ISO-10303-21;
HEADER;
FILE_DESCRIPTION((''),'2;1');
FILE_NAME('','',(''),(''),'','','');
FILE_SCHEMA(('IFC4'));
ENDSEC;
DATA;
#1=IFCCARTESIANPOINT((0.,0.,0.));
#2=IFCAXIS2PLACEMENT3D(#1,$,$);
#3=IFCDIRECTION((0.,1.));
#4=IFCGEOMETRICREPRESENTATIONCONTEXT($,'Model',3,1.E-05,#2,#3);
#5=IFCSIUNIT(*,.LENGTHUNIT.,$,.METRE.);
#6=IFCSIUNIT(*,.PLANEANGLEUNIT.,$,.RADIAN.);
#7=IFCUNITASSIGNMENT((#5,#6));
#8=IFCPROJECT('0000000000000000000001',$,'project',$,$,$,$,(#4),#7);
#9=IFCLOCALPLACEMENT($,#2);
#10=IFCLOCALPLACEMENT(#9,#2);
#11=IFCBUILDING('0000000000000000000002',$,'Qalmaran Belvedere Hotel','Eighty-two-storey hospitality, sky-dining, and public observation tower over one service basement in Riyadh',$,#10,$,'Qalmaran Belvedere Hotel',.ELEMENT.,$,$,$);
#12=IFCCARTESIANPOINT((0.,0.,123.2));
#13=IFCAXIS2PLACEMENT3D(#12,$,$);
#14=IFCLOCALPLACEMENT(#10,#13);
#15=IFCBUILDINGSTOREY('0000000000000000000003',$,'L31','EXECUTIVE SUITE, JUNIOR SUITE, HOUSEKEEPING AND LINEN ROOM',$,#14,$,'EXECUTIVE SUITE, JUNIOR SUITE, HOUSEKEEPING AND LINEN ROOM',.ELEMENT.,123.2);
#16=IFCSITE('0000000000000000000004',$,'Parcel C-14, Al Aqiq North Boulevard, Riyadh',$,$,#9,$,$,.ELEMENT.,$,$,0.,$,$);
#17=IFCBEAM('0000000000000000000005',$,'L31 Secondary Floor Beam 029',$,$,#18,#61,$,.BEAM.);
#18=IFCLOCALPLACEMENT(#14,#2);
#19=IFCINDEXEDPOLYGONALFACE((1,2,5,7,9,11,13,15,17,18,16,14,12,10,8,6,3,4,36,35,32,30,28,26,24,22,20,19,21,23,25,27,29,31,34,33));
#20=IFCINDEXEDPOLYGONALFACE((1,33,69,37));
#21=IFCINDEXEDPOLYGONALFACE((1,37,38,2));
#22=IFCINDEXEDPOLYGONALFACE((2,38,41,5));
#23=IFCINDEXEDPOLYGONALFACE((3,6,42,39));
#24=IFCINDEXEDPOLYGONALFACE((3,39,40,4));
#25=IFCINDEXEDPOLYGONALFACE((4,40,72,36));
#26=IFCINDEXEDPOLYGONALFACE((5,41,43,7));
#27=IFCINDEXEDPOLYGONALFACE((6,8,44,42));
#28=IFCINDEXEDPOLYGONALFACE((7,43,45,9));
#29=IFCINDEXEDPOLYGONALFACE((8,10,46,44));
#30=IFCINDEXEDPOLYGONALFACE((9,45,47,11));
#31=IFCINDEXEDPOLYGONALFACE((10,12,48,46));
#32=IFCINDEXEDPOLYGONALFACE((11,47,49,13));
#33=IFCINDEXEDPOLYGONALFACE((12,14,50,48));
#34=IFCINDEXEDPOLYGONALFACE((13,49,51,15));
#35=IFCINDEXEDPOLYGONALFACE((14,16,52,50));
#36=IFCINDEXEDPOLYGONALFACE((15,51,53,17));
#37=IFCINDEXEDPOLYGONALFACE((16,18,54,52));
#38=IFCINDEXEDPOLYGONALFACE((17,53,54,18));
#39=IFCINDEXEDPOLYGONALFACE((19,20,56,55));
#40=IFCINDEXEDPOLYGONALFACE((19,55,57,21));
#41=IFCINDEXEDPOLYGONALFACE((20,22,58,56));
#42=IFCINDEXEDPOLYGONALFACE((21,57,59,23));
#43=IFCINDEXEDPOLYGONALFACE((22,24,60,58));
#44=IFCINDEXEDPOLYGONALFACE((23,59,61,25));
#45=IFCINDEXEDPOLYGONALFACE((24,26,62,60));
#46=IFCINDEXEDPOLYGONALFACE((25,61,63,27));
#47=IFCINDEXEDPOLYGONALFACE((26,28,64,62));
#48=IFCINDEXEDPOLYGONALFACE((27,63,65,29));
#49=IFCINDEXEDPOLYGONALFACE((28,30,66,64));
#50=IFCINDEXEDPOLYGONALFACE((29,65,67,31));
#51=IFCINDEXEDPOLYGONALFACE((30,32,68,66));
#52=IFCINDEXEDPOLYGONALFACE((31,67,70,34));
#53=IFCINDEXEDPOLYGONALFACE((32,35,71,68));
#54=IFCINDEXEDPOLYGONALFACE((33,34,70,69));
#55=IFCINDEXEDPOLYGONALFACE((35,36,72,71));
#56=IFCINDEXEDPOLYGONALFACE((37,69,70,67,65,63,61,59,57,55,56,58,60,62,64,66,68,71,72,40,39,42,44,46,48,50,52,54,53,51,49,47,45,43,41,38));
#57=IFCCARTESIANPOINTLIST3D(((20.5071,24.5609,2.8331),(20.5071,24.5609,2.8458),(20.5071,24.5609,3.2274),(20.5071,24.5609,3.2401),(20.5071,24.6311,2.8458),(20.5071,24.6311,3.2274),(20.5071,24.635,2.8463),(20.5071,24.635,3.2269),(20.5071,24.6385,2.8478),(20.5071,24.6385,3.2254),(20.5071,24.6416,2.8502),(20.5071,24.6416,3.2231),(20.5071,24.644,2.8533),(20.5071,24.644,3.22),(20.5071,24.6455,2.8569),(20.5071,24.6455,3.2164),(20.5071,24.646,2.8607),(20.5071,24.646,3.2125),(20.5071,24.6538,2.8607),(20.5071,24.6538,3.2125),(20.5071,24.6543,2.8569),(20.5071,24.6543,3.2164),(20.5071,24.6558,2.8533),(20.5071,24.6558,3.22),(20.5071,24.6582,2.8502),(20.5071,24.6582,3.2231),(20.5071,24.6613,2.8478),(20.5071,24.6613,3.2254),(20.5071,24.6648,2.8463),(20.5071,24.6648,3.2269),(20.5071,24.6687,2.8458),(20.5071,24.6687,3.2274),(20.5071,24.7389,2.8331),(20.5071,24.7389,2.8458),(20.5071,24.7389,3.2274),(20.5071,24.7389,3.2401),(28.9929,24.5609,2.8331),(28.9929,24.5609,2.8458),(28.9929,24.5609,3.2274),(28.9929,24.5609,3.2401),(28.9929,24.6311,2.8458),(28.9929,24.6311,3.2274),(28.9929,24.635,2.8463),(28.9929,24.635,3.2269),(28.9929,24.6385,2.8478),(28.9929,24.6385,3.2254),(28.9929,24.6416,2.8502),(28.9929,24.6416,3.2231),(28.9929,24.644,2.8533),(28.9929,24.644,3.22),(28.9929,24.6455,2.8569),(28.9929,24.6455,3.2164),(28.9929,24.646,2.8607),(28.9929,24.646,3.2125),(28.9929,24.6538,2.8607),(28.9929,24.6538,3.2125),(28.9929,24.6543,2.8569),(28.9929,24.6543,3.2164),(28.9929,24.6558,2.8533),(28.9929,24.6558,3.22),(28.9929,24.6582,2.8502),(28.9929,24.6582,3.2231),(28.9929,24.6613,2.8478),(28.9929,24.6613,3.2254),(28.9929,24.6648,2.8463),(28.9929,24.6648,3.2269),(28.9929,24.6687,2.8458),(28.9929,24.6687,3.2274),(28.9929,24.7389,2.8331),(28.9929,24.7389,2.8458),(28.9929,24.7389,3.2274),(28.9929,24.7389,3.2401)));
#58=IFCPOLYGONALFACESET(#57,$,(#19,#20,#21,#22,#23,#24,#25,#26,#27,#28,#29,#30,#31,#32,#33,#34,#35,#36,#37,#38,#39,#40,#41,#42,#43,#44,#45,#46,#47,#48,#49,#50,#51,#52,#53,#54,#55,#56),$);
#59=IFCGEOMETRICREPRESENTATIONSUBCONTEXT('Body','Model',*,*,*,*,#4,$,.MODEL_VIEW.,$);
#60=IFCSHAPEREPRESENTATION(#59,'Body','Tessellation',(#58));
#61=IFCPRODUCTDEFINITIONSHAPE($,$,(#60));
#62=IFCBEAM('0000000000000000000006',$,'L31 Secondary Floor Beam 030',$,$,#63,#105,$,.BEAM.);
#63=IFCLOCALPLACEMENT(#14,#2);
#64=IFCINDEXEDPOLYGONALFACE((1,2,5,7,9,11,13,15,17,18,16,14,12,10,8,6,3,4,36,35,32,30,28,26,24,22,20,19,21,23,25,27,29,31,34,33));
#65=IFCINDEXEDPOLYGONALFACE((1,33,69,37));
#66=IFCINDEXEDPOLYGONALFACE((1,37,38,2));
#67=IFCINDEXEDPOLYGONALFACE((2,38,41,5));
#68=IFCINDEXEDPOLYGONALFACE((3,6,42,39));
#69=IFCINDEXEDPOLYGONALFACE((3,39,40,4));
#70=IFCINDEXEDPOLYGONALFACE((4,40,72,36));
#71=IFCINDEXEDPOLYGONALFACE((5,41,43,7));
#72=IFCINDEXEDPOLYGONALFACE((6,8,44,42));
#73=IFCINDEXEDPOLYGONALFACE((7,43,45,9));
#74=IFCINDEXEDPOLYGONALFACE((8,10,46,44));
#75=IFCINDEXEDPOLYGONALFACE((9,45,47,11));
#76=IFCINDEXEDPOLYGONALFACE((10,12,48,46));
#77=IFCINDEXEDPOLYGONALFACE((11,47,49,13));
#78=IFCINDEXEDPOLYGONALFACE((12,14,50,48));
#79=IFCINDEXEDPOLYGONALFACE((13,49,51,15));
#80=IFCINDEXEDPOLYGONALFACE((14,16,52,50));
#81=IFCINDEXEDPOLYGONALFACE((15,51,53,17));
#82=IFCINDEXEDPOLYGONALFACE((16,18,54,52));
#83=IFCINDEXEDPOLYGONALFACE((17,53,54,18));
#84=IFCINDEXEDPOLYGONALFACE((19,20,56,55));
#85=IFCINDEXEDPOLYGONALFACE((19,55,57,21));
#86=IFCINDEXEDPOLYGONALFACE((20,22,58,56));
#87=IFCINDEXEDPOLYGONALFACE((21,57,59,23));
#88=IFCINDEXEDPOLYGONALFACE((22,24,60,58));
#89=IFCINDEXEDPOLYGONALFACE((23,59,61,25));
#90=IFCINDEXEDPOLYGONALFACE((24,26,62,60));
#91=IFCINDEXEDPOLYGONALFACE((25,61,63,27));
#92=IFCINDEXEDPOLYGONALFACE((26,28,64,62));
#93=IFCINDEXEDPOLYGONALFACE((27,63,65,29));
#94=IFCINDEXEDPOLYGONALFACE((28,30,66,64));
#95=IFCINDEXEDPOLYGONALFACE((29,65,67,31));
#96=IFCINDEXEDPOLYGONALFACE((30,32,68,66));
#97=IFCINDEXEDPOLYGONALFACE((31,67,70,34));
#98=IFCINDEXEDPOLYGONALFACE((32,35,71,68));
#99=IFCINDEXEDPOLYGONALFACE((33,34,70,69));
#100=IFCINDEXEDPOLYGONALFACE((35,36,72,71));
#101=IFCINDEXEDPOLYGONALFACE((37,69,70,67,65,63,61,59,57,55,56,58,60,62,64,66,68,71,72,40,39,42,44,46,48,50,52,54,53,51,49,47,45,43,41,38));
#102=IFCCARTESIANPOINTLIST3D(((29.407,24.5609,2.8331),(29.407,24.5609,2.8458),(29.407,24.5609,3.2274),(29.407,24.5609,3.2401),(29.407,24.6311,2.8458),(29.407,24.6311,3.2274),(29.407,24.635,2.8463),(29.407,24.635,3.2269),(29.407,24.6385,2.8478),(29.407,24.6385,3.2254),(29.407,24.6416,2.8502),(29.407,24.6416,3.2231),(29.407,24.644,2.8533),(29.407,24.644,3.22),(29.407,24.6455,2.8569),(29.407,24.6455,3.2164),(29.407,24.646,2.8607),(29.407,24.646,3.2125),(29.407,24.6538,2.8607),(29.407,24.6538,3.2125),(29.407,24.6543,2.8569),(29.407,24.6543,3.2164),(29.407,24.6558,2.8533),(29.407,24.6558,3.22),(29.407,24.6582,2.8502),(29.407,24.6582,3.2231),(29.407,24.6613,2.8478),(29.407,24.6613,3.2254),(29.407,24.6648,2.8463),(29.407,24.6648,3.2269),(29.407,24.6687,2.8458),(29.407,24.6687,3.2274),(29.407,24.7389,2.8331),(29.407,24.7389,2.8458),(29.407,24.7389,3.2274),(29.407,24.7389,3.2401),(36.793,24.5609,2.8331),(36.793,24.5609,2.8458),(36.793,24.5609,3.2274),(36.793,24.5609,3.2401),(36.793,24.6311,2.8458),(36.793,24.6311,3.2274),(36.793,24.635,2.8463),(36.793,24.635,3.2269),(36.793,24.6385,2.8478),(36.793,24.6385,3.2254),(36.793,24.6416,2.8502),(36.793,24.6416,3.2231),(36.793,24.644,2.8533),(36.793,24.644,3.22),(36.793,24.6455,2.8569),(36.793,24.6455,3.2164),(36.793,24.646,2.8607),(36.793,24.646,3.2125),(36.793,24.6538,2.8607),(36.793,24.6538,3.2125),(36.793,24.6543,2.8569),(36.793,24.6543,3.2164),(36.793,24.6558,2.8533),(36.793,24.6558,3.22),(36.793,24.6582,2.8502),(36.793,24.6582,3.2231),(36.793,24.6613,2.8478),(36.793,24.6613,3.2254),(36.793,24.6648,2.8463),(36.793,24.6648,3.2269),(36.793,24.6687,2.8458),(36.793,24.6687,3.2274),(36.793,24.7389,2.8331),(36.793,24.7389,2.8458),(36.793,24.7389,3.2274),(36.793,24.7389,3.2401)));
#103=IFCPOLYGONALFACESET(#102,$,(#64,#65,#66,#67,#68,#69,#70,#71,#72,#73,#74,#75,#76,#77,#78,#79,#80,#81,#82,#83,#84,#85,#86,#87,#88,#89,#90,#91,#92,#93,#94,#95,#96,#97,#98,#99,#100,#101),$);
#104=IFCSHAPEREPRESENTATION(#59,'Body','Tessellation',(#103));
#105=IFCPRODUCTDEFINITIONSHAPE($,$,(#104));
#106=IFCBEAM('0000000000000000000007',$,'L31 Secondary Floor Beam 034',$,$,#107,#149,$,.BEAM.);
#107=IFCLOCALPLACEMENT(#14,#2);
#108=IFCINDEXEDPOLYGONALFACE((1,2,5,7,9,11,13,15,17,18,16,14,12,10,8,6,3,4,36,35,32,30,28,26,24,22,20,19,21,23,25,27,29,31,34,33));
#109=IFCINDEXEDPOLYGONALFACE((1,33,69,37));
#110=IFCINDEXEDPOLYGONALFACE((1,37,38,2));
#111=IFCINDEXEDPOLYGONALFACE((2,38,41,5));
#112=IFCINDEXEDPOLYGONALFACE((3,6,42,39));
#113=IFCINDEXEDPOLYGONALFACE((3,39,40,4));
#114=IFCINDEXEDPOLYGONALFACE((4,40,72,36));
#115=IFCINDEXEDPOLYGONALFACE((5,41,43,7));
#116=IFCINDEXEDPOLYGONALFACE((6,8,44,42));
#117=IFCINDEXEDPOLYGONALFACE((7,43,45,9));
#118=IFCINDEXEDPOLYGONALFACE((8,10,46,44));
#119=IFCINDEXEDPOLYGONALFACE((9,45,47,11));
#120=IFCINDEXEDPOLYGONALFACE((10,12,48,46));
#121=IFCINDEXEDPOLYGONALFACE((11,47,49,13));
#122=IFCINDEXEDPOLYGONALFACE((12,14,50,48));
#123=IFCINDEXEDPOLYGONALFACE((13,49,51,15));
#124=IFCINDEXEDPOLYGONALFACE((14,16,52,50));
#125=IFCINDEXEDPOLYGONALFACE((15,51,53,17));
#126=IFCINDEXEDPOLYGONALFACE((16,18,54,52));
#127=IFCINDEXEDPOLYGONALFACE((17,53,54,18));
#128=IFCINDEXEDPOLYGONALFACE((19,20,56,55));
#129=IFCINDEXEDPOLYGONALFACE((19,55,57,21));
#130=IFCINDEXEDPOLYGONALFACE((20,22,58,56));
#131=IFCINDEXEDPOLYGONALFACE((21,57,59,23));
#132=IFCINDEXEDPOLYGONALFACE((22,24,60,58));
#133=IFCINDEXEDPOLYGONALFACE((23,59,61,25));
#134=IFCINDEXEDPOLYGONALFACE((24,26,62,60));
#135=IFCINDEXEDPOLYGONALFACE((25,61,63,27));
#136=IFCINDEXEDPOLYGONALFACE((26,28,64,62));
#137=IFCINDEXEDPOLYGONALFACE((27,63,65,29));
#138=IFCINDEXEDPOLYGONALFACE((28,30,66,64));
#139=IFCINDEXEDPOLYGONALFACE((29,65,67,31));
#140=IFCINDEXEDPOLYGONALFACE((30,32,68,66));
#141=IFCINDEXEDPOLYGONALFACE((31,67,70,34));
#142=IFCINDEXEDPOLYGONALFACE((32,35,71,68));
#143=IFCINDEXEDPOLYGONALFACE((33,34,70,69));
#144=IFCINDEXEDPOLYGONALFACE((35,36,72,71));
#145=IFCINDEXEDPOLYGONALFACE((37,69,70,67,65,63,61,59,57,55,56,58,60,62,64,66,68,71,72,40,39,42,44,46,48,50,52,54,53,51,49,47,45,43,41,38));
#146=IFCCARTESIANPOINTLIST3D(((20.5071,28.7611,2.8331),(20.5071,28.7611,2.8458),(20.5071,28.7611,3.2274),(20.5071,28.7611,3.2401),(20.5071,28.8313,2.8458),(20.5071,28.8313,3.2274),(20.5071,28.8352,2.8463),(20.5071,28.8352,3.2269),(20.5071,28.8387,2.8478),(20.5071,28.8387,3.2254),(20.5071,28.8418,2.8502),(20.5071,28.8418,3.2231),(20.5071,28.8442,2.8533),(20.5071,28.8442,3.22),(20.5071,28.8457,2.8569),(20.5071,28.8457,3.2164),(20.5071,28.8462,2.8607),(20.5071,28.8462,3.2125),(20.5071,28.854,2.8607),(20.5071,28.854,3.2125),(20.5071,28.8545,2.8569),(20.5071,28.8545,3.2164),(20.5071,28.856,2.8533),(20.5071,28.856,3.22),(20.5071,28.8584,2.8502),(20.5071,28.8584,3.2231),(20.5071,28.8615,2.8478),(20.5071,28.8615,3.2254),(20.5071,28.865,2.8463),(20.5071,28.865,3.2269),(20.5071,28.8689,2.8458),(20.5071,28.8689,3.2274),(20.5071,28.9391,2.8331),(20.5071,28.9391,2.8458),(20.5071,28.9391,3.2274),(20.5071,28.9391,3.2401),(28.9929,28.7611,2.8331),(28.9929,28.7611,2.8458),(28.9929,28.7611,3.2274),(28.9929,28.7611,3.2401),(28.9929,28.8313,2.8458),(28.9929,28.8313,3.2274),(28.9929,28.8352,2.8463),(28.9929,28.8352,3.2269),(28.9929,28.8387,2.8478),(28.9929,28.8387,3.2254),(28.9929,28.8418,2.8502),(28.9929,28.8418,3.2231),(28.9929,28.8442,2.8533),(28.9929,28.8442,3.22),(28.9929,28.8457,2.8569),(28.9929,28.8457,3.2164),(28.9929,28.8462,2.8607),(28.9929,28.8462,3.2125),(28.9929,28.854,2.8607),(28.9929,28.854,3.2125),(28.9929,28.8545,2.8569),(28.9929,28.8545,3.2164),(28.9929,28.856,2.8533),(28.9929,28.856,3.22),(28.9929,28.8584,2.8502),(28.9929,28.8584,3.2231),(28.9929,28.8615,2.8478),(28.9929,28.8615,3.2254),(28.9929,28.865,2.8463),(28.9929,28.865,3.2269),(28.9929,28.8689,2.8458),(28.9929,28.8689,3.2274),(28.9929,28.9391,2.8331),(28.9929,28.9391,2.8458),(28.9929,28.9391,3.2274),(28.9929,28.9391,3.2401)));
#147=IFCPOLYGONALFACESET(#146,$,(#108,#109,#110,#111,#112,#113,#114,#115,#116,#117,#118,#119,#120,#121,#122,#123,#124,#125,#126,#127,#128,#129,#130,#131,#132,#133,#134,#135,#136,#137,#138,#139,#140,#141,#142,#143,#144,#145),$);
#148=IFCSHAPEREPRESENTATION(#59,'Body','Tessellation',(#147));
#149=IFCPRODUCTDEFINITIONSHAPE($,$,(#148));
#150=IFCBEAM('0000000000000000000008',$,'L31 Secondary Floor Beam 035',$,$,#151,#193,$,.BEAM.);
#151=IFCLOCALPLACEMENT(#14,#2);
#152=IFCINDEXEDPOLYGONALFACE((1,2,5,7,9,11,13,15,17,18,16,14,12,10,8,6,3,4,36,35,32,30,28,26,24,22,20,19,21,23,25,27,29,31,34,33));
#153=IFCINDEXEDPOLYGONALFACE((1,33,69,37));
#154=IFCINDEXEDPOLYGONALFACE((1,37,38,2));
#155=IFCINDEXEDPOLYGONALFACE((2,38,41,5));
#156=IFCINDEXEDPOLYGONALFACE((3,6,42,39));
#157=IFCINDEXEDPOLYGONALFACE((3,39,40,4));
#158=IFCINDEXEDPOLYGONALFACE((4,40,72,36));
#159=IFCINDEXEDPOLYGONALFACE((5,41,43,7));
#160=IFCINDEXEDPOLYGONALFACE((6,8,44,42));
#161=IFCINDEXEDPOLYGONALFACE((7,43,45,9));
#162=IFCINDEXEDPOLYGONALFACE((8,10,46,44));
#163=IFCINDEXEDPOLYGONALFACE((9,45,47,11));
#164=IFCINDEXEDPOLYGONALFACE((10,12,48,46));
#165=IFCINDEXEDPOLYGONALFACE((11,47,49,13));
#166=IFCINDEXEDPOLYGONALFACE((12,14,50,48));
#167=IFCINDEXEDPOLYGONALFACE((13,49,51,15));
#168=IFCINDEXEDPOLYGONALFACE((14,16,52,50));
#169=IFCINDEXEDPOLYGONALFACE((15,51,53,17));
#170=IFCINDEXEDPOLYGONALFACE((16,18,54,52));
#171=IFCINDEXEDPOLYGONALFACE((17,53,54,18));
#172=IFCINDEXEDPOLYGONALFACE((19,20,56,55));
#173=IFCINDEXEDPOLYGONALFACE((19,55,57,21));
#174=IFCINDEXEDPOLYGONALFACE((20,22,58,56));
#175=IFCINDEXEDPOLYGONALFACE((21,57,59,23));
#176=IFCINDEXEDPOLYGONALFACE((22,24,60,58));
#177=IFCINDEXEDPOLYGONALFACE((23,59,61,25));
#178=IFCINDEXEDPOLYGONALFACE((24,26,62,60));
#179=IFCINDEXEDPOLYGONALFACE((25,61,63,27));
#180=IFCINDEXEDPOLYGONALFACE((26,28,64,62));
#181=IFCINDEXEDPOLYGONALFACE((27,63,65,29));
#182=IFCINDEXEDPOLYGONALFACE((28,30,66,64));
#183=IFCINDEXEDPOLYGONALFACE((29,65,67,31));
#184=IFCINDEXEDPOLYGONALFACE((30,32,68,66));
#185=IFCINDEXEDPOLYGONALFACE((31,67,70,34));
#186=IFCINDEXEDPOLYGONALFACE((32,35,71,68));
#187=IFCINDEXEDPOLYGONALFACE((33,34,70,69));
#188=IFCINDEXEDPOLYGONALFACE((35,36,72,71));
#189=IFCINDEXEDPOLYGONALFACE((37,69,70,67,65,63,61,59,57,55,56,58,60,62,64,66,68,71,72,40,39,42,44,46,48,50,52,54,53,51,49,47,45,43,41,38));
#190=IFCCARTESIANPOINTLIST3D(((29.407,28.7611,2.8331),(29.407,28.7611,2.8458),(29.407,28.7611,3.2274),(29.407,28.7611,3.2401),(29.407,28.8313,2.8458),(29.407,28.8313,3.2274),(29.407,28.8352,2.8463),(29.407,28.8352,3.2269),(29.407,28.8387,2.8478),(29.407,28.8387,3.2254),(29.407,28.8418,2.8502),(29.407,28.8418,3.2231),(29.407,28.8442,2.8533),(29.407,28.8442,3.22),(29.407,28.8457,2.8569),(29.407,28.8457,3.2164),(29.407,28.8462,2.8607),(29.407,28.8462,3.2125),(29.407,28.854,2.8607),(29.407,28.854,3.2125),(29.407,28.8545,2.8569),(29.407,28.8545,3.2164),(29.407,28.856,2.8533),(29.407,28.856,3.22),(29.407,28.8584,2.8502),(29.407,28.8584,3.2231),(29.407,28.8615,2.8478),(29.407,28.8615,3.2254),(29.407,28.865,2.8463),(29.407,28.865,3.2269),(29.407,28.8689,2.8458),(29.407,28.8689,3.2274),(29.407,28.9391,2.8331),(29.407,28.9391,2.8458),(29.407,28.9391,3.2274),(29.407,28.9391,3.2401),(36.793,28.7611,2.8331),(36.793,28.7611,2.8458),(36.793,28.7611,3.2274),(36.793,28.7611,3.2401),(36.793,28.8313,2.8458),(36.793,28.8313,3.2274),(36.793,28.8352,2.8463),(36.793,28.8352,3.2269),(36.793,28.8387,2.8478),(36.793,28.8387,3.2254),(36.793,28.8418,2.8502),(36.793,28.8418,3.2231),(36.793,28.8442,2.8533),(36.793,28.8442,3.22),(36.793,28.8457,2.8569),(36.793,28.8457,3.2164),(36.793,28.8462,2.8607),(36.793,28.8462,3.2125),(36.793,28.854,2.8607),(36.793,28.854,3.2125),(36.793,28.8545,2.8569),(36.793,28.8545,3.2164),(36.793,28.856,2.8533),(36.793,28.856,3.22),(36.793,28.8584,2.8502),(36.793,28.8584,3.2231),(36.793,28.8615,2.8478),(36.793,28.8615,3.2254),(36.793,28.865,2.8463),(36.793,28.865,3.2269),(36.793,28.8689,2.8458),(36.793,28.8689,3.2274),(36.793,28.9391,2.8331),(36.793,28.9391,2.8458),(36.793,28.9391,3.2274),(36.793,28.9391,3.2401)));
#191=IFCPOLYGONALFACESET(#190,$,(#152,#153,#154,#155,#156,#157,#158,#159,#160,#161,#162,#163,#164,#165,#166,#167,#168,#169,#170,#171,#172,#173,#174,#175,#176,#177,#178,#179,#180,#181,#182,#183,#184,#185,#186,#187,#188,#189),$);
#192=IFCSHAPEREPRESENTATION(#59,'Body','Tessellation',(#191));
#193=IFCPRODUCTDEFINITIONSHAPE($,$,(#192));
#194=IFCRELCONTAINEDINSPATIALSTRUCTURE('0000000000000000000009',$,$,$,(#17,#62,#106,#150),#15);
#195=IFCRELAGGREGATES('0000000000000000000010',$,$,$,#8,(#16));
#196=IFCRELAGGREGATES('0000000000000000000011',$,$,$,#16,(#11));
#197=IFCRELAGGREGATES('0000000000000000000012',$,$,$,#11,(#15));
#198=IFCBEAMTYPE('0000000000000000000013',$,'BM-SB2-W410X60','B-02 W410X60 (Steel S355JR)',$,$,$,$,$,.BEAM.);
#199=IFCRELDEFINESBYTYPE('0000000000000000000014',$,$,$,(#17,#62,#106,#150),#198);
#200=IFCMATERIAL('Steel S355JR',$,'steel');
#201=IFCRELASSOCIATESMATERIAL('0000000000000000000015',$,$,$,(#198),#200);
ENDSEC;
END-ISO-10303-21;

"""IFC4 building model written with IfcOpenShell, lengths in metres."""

from ifc_helpers import new_model, si_unit, direction, frame, origin, origin_2d, place, context, subcontext, project, spatial, i_section, extrude, material, material_profile, profile_set, type_object, element, save


model = new_model("IFC4")

# Units and contexts
model_context = context("Model", 3, precision=1e-05, world=origin(), true_north=direction((0.0, 1.0)))
body_context = subcontext(model_context, "Body", "Model", "MODEL_VIEW")
ifc_project = project(units=[si_unit("LENGTHUNIT", "METRE"), si_unit("PLANEANGLEUNIT", "RADIAN")], contexts=[model_context])

# Site, building, storey
site_placement = place(None, origin())
site = spatial("IfcSite", under=ifc_project, at=site_placement, Name="Parcel C-14, Al Aqiq North Boulevard, Riyadh", CompositionType="ELEMENT", RefElevation=0.0)
building_placement = place(site_placement, origin())
building = spatial("IfcBuilding", under=site, at=building_placement, Name="Qalmaran Belvedere Hotel", Description="Eighty-two-storey hospitality, sky-dining, and public observation tower over one service basement in Riyadh", LongName="Qalmaran Belvedere Hotel", CompositionType="ELEMENT")
storey_placement = place(building_placement, frame((0.0, 0.0, 123.2)))
storey = spatial("IfcBuildingStorey", under=building, at=storey_placement, Name="L31", Description="EXECUTIVE SUITE, JUNIOR SUITE, HOUSEKEEPING AND LINEN ROOM", LongName="EXECUTIVE SUITE, JUNIOR SUITE, HOUSEKEEPING AND LINEN ROOM", CompositionType="ELEMENT", Elevation=123.2)

# Beams
ifc_material_1 = material(Name="Steel S355JR", Category="steel")
ifc_material_profile_1 = material_profile(ifc_material_1, i_section(OverallWidth=0.178, OverallDepth=0.407, WebThickness=0.0078, FlangeThickness=0.0127, FilletRadius=0.0149, at=origin_2d()), Name="W410X60")
ifc_profile_set_1 = profile_set([ifc_material_profile_1], Name="Steel S355JR")
beam_type_1 = type_object("IfcBeamType", Name="BM-SB2-W410X60", Description="B-02 W410X60 (Steel S355JR)", PredefinedType="BEAM", material=ifc_profile_set_1)
beam_1_placement = place(storey_placement, frame((20.5071, 24.6499, 3.0366), z_axis=(1.0, 0.0, 0.0), x_axis=(0.0, 1.0, 0.0)))
element("IfcBeam", 1, at=beam_1_placement, inside=storey, type_object=beam_type_1, Name="L31 Secondary Floor Beam 029", PredefinedType="BEAM", context=body_context, shape_type="SweptSolid", body=[
    extrude(i_section(OverallWidth=0.178, OverallDepth=0.407, WebThickness=0.0078, FlangeThickness=0.0127, FilletRadius=0.0149, at=origin_2d()), origin(), (0.0, 0.0, 1.0), 8.4858),
])
beam_2_placement = place(storey_placement, frame((29.407, 24.6499, 3.0366), z_axis=(1.0, 0.0, 0.0), x_axis=(0.0, 1.0, 0.0)))
element("IfcBeam", 2, at=beam_2_placement, inside=storey, type_object=beam_type_1, Name="L31 Secondary Floor Beam 030", PredefinedType="BEAM", context=body_context, shape_type="SweptSolid", body=[
    extrude(i_section(OverallWidth=0.178, OverallDepth=0.407, WebThickness=0.0078, FlangeThickness=0.0127, FilletRadius=0.0149, at=origin_2d()), origin(), (0.0, 0.0, 1.0), 7.386),
])
beam_3_placement = place(storey_placement, frame((20.5071, 28.8501, 3.0366), z_axis=(1.0, 0.0, 0.0), x_axis=(0.0, 1.0, 0.0)))
element("IfcBeam", 3, at=beam_3_placement, inside=storey, type_object=beam_type_1, Name="L31 Secondary Floor Beam 034", PredefinedType="BEAM", context=body_context, shape_type="SweptSolid", body=[
    extrude(i_section(OverallWidth=0.178, OverallDepth=0.407, WebThickness=0.0078, FlangeThickness=0.0127, FilletRadius=0.0149, at=origin_2d()), origin(), (0.0, 0.0, 1.0), 8.4858),
])
beam_4_placement = place(storey_placement, frame((29.407, 28.8501, 3.0366), z_axis=(1.0, 0.0, 0.0), x_axis=(0.0, 1.0, 0.0)))
element("IfcBeam", 4, at=beam_4_placement, inside=storey, type_object=beam_type_1, Name="L31 Secondary Floor Beam 035", PredefinedType="BEAM", context=body_context, shape_type="SweptSolid", body=[
    extrude(i_section(OverallWidth=0.178, OverallDepth=0.407, WebThickness=0.0078, FlangeThickness=0.0127, FilletRadius=0.0149, at=origin_2d()), origin(), (0.0, 0.0, 1.0), 7.386),
])

save(model, "model.ifc")
